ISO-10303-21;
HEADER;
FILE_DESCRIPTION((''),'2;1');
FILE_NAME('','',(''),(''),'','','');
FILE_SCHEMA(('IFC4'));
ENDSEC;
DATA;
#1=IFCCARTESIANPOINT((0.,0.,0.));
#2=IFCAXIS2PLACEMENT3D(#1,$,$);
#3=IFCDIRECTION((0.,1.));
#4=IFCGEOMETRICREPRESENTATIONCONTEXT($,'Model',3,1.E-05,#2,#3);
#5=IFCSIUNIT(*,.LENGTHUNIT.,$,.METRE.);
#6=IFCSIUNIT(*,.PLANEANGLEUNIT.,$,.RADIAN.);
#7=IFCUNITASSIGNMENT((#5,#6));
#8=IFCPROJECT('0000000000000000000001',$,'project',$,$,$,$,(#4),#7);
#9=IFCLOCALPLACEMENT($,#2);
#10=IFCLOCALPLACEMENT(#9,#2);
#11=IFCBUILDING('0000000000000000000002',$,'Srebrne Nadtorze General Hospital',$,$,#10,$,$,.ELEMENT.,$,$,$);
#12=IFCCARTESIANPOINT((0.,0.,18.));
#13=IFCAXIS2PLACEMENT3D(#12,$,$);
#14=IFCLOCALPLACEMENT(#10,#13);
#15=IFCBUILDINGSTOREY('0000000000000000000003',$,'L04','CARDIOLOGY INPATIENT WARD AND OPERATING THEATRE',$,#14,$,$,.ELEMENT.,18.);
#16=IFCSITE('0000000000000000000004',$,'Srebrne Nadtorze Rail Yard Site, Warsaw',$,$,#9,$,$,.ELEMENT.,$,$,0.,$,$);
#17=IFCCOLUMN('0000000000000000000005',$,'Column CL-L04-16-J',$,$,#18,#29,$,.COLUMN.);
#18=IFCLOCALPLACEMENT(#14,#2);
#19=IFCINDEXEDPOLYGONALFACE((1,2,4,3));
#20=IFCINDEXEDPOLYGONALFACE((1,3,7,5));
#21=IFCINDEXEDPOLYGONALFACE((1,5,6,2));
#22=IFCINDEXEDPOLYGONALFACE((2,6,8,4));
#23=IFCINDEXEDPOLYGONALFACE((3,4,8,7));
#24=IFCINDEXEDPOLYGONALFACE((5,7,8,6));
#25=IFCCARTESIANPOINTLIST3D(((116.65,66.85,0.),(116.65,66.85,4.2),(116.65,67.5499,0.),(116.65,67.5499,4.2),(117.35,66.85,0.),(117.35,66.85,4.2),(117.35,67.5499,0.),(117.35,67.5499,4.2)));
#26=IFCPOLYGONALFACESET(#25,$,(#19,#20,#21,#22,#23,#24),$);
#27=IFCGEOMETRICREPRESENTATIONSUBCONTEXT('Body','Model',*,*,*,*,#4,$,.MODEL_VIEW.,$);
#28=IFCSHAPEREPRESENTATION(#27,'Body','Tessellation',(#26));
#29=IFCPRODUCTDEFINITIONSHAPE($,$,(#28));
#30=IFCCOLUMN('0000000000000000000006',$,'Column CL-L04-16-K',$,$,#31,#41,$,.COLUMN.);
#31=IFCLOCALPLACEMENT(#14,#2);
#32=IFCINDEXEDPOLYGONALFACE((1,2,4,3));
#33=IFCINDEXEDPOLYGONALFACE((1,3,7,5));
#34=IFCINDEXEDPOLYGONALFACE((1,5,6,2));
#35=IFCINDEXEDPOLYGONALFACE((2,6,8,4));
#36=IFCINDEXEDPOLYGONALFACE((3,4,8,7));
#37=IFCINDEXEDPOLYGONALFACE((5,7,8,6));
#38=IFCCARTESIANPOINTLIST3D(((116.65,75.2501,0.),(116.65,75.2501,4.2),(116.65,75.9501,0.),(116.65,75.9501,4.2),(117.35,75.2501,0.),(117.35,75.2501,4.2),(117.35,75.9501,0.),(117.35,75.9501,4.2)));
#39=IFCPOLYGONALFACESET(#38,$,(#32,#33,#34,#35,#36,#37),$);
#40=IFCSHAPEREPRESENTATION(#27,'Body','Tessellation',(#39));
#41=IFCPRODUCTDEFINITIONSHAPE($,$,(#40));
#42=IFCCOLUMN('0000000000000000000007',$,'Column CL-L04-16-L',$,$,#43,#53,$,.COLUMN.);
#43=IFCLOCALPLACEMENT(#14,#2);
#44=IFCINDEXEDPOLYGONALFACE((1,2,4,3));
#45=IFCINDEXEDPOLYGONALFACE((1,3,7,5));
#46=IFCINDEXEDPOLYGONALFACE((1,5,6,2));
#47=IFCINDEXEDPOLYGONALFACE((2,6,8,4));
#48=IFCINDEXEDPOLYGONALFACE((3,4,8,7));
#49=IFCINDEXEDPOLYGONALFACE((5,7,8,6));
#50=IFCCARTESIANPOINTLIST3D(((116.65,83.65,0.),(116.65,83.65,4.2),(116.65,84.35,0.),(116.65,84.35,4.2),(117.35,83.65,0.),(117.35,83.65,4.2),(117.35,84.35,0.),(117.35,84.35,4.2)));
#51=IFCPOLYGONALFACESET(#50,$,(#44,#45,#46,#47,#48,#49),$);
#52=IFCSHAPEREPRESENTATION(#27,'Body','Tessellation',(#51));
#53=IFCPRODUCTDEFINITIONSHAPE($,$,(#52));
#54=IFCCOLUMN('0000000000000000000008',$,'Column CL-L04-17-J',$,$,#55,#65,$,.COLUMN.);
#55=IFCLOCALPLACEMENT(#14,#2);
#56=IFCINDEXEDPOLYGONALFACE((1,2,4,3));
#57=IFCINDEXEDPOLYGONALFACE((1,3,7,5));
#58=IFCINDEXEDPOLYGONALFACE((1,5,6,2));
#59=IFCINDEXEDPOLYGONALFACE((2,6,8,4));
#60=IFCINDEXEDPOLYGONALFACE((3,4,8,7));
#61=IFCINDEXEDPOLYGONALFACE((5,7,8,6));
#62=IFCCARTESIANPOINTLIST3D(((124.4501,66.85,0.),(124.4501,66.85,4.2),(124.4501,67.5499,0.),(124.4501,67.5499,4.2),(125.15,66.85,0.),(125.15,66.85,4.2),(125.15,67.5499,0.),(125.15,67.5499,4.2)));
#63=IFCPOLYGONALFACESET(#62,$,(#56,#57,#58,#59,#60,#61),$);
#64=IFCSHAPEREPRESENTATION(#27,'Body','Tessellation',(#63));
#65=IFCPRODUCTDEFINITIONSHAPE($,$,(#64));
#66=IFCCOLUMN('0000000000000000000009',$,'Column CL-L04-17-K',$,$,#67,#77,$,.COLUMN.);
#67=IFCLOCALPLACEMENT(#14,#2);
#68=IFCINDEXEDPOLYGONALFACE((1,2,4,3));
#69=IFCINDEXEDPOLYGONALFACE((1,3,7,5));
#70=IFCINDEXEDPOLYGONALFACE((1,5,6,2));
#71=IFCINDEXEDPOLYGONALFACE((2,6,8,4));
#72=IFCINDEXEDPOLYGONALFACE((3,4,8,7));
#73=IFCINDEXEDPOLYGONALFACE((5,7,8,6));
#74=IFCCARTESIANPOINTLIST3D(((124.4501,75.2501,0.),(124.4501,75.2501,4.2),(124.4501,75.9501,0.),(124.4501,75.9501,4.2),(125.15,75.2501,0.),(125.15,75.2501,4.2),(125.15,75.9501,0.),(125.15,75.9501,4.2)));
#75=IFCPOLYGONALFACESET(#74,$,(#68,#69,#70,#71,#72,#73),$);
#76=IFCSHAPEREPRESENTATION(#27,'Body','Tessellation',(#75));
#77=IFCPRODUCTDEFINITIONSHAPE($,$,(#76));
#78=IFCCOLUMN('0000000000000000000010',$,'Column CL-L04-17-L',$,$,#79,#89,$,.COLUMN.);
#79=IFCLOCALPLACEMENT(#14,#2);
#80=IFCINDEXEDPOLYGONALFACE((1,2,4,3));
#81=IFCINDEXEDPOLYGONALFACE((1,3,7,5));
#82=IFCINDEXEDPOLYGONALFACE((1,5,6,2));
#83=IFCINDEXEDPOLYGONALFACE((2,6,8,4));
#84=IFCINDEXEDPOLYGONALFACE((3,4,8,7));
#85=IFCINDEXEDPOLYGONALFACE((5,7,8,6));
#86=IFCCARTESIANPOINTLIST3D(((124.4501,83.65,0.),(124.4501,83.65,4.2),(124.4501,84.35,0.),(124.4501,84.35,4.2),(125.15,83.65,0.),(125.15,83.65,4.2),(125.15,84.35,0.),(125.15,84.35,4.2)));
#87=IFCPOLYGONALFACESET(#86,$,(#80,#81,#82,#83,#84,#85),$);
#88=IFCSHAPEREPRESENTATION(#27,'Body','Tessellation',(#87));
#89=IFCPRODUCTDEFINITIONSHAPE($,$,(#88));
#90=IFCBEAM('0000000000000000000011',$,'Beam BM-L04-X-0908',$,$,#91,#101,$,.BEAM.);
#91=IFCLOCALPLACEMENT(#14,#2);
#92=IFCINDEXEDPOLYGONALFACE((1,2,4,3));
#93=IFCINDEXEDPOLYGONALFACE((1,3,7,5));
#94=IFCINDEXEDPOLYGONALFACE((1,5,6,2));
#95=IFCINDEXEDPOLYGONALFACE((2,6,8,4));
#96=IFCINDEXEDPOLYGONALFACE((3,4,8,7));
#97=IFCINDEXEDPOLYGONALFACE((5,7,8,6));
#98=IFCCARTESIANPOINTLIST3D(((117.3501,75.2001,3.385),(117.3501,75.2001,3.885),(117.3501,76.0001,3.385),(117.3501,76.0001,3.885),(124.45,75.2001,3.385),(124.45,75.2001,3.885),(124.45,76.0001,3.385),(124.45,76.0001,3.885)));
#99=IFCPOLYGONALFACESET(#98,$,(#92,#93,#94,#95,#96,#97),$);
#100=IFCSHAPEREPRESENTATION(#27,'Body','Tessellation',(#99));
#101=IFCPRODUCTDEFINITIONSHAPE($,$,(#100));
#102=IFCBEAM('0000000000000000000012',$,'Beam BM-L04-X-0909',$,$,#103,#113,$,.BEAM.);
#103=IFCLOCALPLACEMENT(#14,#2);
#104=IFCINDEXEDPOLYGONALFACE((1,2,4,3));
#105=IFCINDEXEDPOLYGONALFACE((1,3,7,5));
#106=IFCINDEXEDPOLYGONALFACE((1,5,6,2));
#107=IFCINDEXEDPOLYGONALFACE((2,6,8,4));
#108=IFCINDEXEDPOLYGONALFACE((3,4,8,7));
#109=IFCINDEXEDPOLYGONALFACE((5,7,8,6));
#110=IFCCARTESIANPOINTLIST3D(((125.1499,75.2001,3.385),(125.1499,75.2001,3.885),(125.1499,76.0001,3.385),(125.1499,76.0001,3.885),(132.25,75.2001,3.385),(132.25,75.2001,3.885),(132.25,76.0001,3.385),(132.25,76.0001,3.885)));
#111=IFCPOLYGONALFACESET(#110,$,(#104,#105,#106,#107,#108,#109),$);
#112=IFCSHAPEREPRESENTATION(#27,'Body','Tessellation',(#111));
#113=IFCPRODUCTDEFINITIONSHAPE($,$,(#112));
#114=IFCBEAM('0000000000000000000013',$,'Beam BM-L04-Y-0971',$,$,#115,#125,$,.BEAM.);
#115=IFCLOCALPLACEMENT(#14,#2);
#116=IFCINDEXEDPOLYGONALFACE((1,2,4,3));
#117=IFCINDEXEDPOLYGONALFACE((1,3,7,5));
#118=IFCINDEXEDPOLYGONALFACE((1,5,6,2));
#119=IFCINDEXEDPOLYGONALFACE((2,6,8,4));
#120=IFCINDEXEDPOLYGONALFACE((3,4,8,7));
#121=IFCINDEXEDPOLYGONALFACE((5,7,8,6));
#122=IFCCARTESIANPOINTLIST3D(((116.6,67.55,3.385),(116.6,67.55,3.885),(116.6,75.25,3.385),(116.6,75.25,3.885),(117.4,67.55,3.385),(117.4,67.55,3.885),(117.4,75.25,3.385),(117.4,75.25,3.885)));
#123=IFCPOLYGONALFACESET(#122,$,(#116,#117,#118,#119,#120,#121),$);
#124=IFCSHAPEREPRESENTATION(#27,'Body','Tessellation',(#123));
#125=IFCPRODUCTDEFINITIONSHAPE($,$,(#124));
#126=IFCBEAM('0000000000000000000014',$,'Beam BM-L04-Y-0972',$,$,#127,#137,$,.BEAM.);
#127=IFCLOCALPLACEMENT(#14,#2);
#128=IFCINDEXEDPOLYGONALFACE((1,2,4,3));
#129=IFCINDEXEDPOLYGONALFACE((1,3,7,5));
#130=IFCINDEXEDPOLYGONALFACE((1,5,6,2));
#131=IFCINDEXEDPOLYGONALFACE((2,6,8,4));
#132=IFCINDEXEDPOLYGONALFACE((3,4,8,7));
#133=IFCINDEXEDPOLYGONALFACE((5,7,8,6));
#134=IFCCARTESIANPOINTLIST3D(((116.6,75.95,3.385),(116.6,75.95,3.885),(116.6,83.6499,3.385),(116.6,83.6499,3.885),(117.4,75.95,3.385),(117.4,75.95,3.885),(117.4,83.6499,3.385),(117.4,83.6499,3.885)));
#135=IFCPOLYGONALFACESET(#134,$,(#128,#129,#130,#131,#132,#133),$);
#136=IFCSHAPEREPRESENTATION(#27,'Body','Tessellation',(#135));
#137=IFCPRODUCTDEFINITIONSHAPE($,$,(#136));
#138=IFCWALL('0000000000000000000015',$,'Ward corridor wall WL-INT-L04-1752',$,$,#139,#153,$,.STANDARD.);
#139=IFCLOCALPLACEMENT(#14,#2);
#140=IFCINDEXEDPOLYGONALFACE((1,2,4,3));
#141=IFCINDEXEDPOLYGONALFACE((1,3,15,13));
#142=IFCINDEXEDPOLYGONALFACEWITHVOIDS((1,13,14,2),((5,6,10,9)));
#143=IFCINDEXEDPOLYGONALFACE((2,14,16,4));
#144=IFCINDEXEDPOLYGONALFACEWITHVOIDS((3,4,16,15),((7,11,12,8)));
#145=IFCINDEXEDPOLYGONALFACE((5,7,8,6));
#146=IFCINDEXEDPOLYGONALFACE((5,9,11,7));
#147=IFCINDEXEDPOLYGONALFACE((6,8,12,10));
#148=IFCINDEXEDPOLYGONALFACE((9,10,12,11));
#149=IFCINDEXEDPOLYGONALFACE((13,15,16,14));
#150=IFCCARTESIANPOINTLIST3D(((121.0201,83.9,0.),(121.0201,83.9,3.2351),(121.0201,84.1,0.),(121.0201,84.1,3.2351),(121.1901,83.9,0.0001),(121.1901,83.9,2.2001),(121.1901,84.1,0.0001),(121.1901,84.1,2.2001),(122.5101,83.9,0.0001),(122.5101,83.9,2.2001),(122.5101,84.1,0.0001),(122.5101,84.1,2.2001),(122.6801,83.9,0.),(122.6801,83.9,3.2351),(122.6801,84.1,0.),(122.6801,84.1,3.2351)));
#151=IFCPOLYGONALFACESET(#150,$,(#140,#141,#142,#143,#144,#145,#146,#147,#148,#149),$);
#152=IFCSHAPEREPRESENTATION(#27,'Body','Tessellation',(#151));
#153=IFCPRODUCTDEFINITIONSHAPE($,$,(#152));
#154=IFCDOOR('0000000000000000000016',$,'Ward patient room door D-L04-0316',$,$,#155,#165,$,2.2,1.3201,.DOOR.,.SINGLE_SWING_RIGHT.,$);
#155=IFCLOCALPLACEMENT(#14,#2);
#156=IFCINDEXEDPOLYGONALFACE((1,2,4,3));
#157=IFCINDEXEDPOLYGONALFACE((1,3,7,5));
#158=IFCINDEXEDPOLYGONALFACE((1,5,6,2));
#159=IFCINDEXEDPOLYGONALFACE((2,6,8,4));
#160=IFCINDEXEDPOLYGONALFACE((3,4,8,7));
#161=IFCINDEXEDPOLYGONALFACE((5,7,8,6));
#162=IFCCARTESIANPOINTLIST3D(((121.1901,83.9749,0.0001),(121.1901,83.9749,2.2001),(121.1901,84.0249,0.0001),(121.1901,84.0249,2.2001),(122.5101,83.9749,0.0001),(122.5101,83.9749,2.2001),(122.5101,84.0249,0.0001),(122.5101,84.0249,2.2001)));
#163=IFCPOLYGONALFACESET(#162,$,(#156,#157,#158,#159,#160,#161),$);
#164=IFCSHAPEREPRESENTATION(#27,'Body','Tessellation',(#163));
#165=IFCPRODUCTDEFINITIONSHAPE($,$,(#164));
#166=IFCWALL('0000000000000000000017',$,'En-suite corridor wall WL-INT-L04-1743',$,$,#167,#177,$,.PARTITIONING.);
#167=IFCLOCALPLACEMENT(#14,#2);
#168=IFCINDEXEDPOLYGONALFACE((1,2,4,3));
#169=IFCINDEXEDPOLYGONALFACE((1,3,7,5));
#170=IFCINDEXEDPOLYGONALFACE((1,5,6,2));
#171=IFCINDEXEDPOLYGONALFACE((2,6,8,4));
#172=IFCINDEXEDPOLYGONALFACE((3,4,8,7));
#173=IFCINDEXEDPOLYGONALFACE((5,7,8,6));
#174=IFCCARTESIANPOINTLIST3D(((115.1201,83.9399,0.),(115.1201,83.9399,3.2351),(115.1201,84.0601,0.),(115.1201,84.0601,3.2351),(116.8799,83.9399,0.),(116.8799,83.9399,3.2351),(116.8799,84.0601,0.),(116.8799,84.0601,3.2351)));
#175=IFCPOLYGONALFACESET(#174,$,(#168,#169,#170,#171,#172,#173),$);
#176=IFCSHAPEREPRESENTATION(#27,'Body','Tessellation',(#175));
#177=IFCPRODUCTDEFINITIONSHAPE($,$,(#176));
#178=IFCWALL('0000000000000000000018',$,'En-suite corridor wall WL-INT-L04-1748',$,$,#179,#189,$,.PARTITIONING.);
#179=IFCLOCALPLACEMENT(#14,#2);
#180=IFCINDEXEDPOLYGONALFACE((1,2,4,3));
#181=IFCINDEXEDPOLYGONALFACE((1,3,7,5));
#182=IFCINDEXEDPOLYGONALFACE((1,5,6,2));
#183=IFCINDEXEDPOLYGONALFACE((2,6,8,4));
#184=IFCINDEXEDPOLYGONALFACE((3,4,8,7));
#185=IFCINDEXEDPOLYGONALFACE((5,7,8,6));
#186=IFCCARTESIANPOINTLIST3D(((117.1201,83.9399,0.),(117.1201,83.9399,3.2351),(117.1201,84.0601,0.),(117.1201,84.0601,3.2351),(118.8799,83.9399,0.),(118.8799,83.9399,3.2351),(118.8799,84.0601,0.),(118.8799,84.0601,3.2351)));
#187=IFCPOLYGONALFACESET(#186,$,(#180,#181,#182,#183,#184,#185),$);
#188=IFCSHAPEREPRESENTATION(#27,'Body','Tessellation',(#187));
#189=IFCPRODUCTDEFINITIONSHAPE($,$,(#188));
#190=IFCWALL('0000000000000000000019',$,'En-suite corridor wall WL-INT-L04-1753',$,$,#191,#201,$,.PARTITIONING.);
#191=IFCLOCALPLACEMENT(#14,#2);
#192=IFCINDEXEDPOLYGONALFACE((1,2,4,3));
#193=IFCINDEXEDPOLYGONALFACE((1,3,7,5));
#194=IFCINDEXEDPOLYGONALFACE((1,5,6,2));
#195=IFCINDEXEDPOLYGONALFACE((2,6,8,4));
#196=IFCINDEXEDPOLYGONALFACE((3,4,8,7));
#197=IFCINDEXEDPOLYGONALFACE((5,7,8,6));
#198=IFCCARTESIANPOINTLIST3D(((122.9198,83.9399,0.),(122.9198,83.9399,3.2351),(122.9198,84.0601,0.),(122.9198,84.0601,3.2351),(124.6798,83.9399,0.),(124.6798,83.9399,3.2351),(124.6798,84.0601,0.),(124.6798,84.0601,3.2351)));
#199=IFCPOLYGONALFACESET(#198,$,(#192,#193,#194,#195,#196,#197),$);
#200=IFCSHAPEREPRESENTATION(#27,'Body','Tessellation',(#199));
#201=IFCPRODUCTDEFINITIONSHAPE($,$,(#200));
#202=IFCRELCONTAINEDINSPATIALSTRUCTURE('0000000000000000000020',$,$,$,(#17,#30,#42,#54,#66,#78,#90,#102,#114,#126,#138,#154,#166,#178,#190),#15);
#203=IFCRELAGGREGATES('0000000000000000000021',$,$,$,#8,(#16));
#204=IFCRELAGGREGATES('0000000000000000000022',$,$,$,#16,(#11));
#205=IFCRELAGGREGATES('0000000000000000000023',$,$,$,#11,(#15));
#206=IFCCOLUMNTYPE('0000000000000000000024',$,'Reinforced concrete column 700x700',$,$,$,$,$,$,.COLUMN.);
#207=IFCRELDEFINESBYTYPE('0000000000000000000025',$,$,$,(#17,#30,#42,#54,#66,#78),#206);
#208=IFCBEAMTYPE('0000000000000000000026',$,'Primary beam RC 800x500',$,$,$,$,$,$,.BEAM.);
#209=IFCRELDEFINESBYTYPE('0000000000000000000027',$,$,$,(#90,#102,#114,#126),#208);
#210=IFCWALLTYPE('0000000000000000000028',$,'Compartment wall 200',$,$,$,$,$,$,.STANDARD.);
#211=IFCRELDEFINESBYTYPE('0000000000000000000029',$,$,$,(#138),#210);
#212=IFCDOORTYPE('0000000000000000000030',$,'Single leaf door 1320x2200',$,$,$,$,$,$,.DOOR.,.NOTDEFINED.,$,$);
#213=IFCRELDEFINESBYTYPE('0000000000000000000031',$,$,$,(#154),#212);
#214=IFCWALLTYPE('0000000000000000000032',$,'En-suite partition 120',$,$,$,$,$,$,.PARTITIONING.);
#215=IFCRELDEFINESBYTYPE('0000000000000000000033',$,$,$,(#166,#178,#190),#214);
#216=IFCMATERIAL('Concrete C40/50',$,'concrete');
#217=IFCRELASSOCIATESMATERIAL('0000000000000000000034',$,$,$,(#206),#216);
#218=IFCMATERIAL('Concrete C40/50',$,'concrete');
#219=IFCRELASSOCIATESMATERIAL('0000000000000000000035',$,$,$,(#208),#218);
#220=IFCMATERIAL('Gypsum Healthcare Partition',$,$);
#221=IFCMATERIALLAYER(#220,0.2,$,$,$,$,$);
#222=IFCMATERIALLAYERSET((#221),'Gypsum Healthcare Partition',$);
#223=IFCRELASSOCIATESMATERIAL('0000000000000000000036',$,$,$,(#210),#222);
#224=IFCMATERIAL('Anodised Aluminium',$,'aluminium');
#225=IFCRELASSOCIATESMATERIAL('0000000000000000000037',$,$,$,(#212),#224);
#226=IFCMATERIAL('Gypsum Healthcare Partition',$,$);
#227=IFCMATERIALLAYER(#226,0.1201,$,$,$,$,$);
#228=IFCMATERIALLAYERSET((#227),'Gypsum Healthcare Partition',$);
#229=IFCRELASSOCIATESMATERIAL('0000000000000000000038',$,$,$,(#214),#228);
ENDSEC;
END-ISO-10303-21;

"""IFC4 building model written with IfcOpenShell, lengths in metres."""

from ifc_helpers import new_model, si_unit, direction, frame, frame_2d, origin, origin_2d, place, context, subcontext, project, spatial, rectangle, extrude, material, layer, layer_set, material_profile, profile_set, type_object, element, fill, save


model = new_model("IFC4")

# Units and contexts
model_context = context("Model", 3, precision=1e-05, world=origin(), true_north=direction((0.0, 1.0)))
body_context = subcontext(model_context, "Body", "Model", "MODEL_VIEW")
ifc_project = project(units=[si_unit("LENGTHUNIT", "METRE"), si_unit("PLANEANGLEUNIT", "RADIAN")], contexts=[model_context])

# Site, building, storey
site_placement = place(None, origin())
site = spatial("IfcSite", under=ifc_project, at=site_placement, Name="Srebrne Nadtorze Rail Yard Site, Warsaw", CompositionType="ELEMENT", RefElevation=0.0)
building_placement = place(site_placement, origin())
building = spatial("IfcBuilding", under=site, at=building_placement, Name="Srebrne Nadtorze General Hospital", CompositionType="ELEMENT")
storey_placement = place(building_placement, frame((0.0, 0.0, 18.0)))
storey = spatial("IfcBuildingStorey", under=building, at=storey_placement, Name="L04", Description="CARDIOLOGY INPATIENT WARD AND OPERATING THEATRE", CompositionType="ELEMENT", Elevation=18.0)

# Columns
ifc_material_1 = material(Name="Concrete C40/50", Category="concrete")
ifc_material_profile_1 = material_profile(ifc_material_1, rectangle(XDim=0.7, YDim=0.7, at=origin_2d()), Name="RC-COL-700x700")
ifc_profile_set_1 = profile_set([ifc_material_profile_1], Name="Concrete C40/50")
column_type = type_object("IfcColumnType", Name="Reinforced concrete column 700x700", PredefinedType="COLUMN", material=ifc_profile_set_1)
for number, where, z_axis, x_axis, name in (
    (1, (117.0, 67.2, 0.0), (0.0, 0.0, 1.0), (1.0, 0.0, 0.0), "Column CL-L04-16-J"),
    (2, (117.0, 75.6001, 0.0), (0.0, 0.0, 1.0), (1.0, 0.0, 0.0), "Column CL-L04-16-K"),
    (3, (117.0, 84.0, 0.0), (0.0, 0.0, 1.0), (1.0, 0.0, 0.0), "Column CL-L04-16-L"),
    (4, (124.8, 67.2, 0.0), (0.0, 0.0, 1.0), (1.0, 0.0, 0.0), "Column CL-L04-17-J"),
    (5, (124.8, 75.6001, 0.0), (0.0, 0.0, 1.0), (1.0, 0.0, 0.0), "Column CL-L04-17-K"),
    (6, (124.8, 84.0, 0.0), (0.0, 0.0, 1.0), (1.0, 0.0, 0.0), "Column CL-L04-17-L"),
):
    element("IfcColumn", number, at=place(storey_placement, frame(where, z_axis=z_axis, x_axis=x_axis)), inside=storey, type_object=column_type, Name=name, PredefinedType="COLUMN", context=body_context, shape_type="SweptSolid", body=[
        extrude(rectangle(XDim=0.7, YDim=0.7, at=origin_2d()), origin(), (0.0, 0.0, 1.0), 4.2),
    ])

# Beams
ifc_material_2 = material(Name="Concrete C40/50", Category="concrete")
ifc_material_profile_2 = material_profile(ifc_material_2, rectangle(XDim=0.8, YDim=0.5, at=origin_2d()), Name="RC-BM-800x500")
ifc_profile_set_2 = profile_set([ifc_material_profile_2], Name="Concrete C40/50")
beam_type = type_object("IfcBeamType", Name="Primary beam RC 800x500", PredefinedType="BEAM", material=ifc_profile_set_2)
beam_1_placement = place(storey_placement, frame((117.3501, 75.6001, 3.635), z_axis=(1.0, 0.0, 0.0), x_axis=(0.0, 1.0, 0.0)))
element("IfcBeam", 7, at=beam_1_placement, inside=storey, type_object=beam_type, Name="Beam BM-L04-X-0908", PredefinedType="BEAM", context=body_context, shape_type="SweptSolid", body=[
    extrude(rectangle(XDim=0.8, YDim=0.5, at=origin_2d()), origin(), (0.0, 0.0, 1.0), 7.0999),
])
beam_2_placement = place(storey_placement, frame((125.1499, 75.6001, 3.635), z_axis=(1.0, 0.0, 0.0), x_axis=(0.0, 1.0, 0.0)))
element("IfcBeam", 8, at=beam_2_placement, inside=storey, type_object=beam_type, Name="Beam BM-L04-X-0909", PredefinedType="BEAM", context=body_context, shape_type="SweptSolid", body=[
    extrude(rectangle(XDim=0.8, YDim=0.5, at=origin_2d()), origin(), (0.0, 0.0, 1.0), 7.1001),
])
for number, where, z_axis, x_axis, name in (
    (9, (117.0, 67.55, 3.635), (0.0, 1.0, 0.0), (-1.0, 0.0, 0.0), "Beam BM-L04-Y-0971"),
    (10, (117.0, 75.95, 3.635), (0.0, 1.0, 0.0), (-1.0, 0.0, 0.0), "Beam BM-L04-Y-0972"),
):
    element("IfcBeam", number, at=place(storey_placement, frame(where, z_axis=z_axis, x_axis=x_axis)), inside=storey, type_object=beam_type, Name=name, PredefinedType="BEAM", context=body_context, shape_type="SweptSolid", body=[
        extrude(rectangle(XDim=0.8, YDim=0.5, at=origin_2d()), origin(), (0.0, 0.0, 1.0), 7.7),
    ])

# Wall, opening, door
ifc_material_3 = material(Name="Gypsum Healthcare Partition")
ifc_layer_1 = layer(ifc_material_3, 0.2)
ifc_layer_set_1 = layer_set([ifc_layer_1], Name="Gypsum Healthcare Partition")
wall_type_1 = type_object("IfcWallType", Name="Compartment wall 200", PredefinedType="STANDARD", material=ifc_layer_set_1)
wall_1_placement = place(storey_placement, frame((121.02, 84.0, 0.0), z_axis=(0.0, 0.0, 1.0), x_axis=(1.0, 0.0, 0.0)))
wall_1 = element("IfcWall", 11, at=wall_1_placement, inside=storey, type_object=wall_type_1, Name="Ward corridor wall WL-INT-L04-1752", PredefinedType="STANDARD", context=body_context, shape_type="SweptSolid", body=[
    extrude(rectangle(XDim=1.6599, YDim=0.2, at=frame_2d((0.8301, 0.0))), origin(), (0.0, 0.0, 1.0), 3.2351),
])
opening_1_placement = place(wall_1_placement, frame((0.1699, 0.0, 0.0)))
opening_1 = element("IfcOpeningElement", 12, at=opening_1_placement, cuts=wall_1, PredefinedType="OPENING", context=body_context, shape_type="SweptSolid", body=[
    extrude(rectangle(XDim=1.3201, YDim=2.2, at=frame_2d((0.6602, 1.1001))), frame((0.0, 0.1118, 0.0), z_axis=(0.0, -1.0, 0.0), x_axis=(1.0, 0.0, 0.0)), (0.0, 0.0, 1.0), 0.2239),
])
ifc_material_4 = material(Name="Anodised Aluminium", Category="aluminium")
door_type_1 = type_object("IfcDoorType", Name="Single leaf door 1320x2200", OperationType="NOTDEFINED", PredefinedType="DOOR", material=ifc_material_4)
door_1_placement = place(opening_1_placement, origin())
door_1 = element("IfcDoor", 13, at=door_1_placement, inside=storey, type_object=door_type_1, Name="Ward patient room door D-L04-0316", OperationType="SINGLE_SWING_RIGHT", OverallHeight=2.2, OverallWidth=1.3201, PredefinedType="DOOR", context=body_context, shape_type="SweptSolid", body=[
    extrude(rectangle(XDim=1.3201, YDim=2.2, at=frame_2d((0.6602, 1.1001))), frame((0.0, 0.0249, 0.0), z_axis=(0.0, -1.0, 0.0), x_axis=(1.0, 0.0, 0.0)), (0.0, 0.0, 1.0), 0.05),
])
fill(opening_1, door_1)

# Walls
ifc_material_5 = material(Name="Gypsum Healthcare Partition")
ifc_layer_2 = layer(ifc_material_5, 0.1201)
ifc_layer_set_2 = layer_set([ifc_layer_2], Name="Gypsum Healthcare Partition")
wall_type_2 = type_object("IfcWallType", Name="En-suite partition 120", PredefinedType="PARTITIONING", material=ifc_layer_set_2)
for number, where, z_axis, x_axis, name in (
    (14, (115.1201, 84.0, 0.0), (0.0, 0.0, 1.0), (1.0, 0.0, 0.0), "En-suite corridor wall WL-INT-L04-1743"),
    (15, (117.1201, 84.0, 0.0), (0.0, 0.0, 1.0), (1.0, 0.0, 0.0), "En-suite corridor wall WL-INT-L04-1748"),
):
    element("IfcWall", number, at=place(storey_placement, frame(where, z_axis=z_axis, x_axis=x_axis)), inside=storey, type_object=wall_type_2, Name=name, PredefinedType="PARTITIONING", context=body_context, shape_type="SweptSolid", body=[
        extrude(rectangle(XDim=1.7598, YDim=0.1201, at=frame_2d((0.8799, 0.0))), origin(), (0.0, 0.0, 1.0), 3.2351),
    ])
wall_2_placement = place(storey_placement, frame((122.9199, 84.0, 0.0), z_axis=(0.0, 0.0, 1.0), x_axis=(1.0, 0.0, 0.0)))
element("IfcWall", 16, at=wall_2_placement, inside=storey, type_object=wall_type_2, Name="En-suite corridor wall WL-INT-L04-1753", PredefinedType="PARTITIONING", context=body_context, shape_type="SweptSolid", body=[
    extrude(rectangle(XDim=1.76, YDim=0.1201, at=frame_2d((0.8799, 0.0))), origin(), (0.0, 0.0, 1.0), 3.2351),
])

save(model, "model.ifc")
